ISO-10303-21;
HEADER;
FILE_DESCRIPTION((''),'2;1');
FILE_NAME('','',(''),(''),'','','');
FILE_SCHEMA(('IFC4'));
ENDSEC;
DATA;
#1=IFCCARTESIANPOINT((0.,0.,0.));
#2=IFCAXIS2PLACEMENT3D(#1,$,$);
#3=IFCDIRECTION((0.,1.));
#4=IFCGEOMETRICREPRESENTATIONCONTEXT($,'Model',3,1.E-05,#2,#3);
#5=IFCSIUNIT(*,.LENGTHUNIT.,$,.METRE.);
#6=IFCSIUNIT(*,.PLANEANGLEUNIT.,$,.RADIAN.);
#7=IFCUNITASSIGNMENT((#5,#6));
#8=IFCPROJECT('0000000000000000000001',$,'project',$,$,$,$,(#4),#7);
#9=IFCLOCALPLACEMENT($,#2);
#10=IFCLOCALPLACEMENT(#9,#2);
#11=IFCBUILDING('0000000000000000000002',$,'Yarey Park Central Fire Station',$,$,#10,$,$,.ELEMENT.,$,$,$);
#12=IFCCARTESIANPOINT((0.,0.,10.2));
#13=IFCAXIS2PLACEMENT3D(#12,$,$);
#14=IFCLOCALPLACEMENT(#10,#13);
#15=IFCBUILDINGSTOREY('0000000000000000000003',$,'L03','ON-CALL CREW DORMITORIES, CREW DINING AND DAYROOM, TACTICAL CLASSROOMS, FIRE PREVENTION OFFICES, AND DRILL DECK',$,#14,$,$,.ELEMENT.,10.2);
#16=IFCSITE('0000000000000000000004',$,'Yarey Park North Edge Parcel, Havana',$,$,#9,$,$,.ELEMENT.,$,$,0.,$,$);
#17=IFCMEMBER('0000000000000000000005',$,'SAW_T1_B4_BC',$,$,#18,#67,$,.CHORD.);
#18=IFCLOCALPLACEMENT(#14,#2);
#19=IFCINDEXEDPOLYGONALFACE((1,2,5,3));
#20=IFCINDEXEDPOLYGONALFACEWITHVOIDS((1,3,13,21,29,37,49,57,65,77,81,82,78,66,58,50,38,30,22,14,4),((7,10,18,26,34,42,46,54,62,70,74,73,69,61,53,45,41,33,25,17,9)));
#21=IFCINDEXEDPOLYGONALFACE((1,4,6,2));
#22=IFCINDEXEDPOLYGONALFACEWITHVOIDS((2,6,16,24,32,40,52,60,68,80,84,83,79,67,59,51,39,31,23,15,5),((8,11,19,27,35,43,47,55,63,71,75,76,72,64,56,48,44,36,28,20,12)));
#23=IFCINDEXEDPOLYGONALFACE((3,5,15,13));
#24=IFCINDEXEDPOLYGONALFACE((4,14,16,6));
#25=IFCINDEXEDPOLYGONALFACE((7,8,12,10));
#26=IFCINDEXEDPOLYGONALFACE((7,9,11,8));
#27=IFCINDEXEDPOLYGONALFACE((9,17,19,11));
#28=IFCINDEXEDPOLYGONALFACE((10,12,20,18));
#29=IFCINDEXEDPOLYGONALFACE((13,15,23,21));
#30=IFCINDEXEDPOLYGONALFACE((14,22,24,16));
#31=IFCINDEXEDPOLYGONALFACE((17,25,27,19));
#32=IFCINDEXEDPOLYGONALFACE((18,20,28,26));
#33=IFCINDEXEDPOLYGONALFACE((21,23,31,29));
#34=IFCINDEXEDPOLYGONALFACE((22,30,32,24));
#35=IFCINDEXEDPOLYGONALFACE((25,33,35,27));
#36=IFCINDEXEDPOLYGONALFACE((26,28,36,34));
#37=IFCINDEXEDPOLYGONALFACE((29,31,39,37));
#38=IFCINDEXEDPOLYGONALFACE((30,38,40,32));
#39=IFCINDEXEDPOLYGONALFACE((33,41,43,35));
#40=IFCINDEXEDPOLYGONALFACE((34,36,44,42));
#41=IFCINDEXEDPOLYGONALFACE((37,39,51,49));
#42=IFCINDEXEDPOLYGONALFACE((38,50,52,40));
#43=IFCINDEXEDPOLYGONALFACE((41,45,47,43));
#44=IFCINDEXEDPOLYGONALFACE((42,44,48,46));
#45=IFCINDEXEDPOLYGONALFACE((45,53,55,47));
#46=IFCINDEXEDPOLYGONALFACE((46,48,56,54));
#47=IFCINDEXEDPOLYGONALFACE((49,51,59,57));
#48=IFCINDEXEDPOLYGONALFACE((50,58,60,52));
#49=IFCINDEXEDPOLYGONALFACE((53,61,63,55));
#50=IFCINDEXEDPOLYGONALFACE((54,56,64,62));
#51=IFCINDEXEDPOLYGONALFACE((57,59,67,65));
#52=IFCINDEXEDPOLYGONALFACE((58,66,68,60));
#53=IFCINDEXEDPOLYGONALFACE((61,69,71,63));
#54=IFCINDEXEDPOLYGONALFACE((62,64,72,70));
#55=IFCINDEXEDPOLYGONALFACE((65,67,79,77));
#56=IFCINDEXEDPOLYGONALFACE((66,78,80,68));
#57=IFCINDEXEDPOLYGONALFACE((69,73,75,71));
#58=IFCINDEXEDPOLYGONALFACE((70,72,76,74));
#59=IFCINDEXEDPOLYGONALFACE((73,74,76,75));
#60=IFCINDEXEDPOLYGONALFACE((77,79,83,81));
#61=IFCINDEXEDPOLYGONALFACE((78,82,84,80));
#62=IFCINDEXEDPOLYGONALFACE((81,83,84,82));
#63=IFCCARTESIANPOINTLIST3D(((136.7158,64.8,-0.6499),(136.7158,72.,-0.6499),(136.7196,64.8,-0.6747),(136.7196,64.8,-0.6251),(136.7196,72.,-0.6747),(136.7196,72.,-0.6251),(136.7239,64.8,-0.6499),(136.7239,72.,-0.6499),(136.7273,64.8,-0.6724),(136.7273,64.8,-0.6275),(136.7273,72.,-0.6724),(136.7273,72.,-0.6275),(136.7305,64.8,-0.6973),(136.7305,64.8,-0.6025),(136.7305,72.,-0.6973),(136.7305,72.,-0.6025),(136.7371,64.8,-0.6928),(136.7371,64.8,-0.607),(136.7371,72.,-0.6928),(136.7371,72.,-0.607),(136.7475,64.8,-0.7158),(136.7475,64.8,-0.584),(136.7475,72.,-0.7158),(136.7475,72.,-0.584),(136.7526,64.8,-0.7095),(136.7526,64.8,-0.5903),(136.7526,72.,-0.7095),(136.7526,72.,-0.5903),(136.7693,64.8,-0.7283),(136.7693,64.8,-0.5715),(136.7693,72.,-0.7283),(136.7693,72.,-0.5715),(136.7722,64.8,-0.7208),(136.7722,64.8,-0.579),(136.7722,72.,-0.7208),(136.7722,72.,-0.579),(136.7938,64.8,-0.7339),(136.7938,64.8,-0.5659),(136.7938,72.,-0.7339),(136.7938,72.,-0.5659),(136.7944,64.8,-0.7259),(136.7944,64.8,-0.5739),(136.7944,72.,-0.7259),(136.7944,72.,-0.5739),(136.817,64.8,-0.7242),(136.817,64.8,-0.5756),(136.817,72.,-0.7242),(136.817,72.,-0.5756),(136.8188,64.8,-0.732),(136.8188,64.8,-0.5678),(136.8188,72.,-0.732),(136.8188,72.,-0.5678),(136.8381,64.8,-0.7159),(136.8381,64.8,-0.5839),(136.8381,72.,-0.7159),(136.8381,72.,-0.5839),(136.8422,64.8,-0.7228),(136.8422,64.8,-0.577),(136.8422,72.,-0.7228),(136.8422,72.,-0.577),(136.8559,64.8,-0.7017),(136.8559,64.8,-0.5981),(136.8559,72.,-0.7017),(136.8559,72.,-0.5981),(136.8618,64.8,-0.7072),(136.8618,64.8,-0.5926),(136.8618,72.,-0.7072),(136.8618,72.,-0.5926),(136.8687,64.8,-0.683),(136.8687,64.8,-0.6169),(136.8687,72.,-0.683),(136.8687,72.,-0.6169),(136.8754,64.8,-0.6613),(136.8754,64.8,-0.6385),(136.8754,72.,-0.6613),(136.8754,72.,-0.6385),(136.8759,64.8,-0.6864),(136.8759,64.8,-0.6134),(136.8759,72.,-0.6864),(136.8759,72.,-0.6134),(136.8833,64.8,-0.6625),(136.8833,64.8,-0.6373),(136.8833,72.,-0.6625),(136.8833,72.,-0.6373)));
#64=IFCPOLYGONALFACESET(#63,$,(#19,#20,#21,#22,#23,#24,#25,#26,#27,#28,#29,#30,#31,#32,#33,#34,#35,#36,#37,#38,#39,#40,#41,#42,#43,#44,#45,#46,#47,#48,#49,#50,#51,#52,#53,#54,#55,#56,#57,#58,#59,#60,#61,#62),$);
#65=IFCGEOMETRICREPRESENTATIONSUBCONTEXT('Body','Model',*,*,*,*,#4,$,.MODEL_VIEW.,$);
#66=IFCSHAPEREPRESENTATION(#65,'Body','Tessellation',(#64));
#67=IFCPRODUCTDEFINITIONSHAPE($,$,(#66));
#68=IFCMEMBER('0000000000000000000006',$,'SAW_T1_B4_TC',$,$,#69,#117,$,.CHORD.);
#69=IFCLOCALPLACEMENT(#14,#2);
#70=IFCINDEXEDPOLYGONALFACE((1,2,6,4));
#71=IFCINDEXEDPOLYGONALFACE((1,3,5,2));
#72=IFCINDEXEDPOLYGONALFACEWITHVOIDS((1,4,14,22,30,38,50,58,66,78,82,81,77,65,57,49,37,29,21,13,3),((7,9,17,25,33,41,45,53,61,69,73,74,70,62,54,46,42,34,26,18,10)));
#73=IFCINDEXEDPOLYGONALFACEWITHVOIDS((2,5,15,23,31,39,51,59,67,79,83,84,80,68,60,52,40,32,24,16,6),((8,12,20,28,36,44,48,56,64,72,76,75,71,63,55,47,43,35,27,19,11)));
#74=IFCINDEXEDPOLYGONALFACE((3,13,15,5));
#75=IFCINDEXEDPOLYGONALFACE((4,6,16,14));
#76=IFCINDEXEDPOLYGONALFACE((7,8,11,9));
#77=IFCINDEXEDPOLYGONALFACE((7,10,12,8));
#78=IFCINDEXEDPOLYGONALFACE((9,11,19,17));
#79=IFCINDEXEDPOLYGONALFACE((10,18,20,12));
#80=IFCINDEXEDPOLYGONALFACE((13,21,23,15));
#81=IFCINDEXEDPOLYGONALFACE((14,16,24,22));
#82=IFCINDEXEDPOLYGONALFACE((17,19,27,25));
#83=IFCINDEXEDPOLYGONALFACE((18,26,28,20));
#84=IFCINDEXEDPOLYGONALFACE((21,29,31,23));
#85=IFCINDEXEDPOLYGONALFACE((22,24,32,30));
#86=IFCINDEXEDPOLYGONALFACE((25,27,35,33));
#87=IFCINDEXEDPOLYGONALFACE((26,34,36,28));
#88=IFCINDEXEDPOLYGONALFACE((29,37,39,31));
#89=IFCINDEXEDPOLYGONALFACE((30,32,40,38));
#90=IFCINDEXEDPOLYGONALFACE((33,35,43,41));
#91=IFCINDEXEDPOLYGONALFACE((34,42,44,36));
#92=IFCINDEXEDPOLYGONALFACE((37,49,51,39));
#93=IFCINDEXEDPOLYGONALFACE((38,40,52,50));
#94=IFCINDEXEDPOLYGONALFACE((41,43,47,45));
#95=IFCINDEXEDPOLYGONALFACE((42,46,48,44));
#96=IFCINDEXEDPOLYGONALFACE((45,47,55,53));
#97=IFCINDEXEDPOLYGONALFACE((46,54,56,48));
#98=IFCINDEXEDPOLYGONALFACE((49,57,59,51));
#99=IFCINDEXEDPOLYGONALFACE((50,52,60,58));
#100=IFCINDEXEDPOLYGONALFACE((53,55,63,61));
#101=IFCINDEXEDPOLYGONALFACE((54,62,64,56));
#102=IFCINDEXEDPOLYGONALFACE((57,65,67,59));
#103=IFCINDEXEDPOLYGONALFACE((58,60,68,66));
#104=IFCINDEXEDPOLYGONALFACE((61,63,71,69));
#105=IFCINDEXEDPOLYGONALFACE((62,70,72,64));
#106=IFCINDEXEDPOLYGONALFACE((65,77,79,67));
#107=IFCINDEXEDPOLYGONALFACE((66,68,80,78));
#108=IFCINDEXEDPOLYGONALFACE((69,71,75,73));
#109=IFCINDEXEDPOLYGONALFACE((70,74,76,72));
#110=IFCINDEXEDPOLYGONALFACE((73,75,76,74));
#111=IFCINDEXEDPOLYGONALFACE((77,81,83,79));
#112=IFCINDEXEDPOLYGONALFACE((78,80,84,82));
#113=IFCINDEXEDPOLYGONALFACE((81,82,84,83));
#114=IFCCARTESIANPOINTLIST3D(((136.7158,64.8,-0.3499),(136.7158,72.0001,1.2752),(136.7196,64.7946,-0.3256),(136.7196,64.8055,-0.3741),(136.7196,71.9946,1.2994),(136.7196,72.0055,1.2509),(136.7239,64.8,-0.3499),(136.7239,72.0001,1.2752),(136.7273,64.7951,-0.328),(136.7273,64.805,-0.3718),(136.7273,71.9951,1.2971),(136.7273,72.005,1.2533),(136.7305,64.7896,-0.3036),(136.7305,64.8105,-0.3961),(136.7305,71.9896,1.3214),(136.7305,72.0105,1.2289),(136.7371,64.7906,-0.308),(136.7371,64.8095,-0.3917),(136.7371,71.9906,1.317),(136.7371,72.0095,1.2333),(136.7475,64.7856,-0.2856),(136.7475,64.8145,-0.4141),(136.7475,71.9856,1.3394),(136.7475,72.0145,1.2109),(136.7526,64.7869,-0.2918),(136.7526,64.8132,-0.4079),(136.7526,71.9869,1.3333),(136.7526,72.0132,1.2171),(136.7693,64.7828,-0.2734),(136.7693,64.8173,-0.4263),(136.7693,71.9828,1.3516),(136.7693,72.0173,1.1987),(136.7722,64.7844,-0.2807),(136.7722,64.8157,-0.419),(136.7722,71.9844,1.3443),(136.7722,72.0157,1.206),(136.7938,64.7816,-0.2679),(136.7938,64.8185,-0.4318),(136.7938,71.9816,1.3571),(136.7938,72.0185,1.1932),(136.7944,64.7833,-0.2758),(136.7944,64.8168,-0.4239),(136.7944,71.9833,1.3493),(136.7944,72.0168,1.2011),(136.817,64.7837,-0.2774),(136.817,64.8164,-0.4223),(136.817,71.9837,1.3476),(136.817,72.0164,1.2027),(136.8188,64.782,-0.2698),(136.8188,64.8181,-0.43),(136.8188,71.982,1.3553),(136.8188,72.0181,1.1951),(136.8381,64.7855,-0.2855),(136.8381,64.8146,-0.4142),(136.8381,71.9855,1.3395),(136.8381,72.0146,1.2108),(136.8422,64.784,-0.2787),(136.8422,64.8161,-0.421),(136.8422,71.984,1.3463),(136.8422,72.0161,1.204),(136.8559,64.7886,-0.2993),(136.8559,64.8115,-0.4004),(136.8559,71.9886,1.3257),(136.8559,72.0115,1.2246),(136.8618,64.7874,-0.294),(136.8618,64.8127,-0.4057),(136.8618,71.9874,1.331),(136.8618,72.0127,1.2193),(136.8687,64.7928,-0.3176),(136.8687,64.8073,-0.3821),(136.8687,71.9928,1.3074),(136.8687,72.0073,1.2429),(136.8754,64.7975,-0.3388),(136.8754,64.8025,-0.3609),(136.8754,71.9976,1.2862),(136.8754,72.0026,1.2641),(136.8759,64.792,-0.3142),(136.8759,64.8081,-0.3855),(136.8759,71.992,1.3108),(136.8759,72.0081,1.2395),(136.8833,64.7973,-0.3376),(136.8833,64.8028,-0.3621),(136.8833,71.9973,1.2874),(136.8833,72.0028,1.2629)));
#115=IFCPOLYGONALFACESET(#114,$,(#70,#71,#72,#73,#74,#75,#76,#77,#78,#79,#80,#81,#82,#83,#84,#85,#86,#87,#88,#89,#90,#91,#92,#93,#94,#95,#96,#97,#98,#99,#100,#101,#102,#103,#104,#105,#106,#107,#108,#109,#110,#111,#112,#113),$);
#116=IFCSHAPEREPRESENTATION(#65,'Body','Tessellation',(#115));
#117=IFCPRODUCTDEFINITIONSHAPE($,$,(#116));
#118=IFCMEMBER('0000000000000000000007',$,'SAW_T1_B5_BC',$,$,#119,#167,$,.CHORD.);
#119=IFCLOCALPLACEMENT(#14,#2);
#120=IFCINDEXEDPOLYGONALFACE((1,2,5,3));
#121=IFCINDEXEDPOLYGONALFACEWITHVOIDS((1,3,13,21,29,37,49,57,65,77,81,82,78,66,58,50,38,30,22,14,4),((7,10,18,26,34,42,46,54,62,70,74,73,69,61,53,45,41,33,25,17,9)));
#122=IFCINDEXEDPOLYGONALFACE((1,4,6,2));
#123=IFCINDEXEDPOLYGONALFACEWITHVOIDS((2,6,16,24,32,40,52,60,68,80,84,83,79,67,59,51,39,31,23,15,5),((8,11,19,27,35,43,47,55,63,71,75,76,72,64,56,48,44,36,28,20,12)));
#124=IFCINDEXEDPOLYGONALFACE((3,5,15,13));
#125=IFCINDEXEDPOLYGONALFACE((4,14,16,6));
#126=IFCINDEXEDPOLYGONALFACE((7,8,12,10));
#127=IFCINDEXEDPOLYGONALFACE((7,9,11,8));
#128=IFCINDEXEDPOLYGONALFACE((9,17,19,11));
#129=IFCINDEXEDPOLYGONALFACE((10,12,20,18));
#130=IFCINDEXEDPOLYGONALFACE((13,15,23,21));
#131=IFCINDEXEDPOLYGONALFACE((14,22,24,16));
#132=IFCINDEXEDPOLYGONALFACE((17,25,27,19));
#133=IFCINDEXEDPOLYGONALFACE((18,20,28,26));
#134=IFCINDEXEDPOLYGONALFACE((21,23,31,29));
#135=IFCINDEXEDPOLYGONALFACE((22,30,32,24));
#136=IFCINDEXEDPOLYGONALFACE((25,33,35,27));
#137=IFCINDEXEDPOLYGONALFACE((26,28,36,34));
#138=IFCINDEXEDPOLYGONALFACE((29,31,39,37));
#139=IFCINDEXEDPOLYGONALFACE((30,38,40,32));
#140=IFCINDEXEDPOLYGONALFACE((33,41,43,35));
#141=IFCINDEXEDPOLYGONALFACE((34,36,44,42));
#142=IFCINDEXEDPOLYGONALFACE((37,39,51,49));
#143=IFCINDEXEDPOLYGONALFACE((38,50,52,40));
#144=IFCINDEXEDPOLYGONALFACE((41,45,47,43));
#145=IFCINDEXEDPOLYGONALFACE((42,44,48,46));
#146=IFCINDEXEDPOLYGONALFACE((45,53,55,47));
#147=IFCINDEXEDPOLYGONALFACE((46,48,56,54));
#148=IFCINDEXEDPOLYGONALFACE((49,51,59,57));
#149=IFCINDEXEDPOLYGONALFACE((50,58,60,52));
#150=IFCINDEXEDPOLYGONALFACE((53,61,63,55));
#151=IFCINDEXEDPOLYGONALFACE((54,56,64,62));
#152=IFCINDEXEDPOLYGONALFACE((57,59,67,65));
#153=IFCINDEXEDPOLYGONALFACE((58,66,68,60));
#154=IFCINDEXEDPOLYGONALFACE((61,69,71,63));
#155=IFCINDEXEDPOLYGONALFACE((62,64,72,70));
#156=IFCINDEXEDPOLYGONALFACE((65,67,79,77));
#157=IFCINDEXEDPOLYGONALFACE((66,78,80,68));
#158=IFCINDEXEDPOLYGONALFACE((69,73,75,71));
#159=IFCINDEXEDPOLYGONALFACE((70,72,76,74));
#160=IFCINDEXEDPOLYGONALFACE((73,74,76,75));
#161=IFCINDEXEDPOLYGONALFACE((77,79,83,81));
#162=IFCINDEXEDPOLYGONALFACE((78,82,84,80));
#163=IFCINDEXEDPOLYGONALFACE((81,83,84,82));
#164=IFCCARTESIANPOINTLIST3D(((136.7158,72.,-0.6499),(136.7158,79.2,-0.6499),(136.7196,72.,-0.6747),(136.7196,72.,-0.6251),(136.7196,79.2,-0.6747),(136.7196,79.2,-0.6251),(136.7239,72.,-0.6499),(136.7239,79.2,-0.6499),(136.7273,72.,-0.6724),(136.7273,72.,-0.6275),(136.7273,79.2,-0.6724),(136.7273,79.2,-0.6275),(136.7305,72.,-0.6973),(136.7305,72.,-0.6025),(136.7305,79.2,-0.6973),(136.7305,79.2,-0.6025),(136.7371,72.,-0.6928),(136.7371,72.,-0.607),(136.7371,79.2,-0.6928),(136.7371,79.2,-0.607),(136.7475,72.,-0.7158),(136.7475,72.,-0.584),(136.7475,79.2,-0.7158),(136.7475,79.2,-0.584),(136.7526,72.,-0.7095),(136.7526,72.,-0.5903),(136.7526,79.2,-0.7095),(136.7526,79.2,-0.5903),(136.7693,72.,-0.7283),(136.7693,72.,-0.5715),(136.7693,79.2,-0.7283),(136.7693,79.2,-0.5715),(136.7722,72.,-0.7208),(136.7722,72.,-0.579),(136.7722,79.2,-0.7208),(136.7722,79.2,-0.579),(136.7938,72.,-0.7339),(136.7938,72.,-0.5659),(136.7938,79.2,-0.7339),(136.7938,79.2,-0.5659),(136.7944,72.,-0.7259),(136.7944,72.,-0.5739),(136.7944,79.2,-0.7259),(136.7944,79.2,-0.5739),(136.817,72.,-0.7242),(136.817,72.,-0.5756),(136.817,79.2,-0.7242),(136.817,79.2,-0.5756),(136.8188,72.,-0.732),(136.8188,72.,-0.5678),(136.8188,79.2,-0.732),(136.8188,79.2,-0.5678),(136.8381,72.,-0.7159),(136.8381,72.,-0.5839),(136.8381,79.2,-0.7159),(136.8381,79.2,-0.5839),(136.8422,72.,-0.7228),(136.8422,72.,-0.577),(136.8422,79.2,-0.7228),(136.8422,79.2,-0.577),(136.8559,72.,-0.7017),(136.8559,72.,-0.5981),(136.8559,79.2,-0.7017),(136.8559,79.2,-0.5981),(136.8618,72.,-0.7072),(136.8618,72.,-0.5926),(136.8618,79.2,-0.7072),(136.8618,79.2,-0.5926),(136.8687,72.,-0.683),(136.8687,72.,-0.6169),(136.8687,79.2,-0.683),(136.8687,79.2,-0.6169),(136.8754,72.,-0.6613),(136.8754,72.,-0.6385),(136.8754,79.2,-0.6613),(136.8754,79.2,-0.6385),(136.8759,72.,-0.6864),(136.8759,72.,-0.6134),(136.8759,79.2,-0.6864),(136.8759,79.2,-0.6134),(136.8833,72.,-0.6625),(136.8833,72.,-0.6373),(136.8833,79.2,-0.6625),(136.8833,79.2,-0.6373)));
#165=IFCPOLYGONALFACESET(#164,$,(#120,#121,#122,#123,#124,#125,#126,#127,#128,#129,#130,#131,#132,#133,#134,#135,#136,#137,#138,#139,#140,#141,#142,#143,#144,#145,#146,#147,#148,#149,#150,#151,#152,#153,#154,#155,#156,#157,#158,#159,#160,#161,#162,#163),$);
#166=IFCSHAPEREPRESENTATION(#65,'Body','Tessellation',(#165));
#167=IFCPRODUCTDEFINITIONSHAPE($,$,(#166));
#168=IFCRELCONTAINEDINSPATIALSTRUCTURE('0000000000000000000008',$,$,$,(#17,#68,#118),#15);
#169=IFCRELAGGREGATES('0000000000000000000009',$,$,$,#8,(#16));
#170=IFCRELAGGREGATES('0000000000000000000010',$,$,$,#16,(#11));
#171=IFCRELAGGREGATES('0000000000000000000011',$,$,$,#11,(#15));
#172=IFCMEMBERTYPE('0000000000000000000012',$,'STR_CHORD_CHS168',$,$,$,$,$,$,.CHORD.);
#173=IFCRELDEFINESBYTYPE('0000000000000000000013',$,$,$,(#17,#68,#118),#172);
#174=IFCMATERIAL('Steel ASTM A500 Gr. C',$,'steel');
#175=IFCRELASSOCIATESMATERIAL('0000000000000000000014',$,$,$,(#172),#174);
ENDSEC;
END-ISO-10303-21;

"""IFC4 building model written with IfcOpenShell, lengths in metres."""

from ifc_helpers import new_model, si_unit, direction, frame, origin, origin_2d, place, context, subcontext, project, spatial, hollow_circle, extrude, material, material_profile, profile_set, type_object, element, save


model = new_model("IFC4")

# Units and contexts
model_context = context("Model", 3, precision=1e-05, world=origin(), true_north=direction((0.0, 1.0)))
body_context = subcontext(model_context, "Body", "Model", "MODEL_VIEW")
ifc_project = project(units=[si_unit("LENGTHUNIT", "METRE"), si_unit("PLANEANGLEUNIT", "RADIAN")], contexts=[model_context])

# Site, building, storey
site_placement = place(None, origin())
site = spatial("IfcSite", under=ifc_project, at=site_placement, Name="Yarey Park North Edge Parcel, Havana", CompositionType="ELEMENT", RefElevation=0.0)
building_placement = place(site_placement, origin())
building = spatial("IfcBuilding", under=site, at=building_placement, Name="Yarey Park Central Fire Station", CompositionType="ELEMENT")
storey_placement = place(building_placement, frame((0.0, 0.0, 10.2)))
storey = spatial("IfcBuildingStorey", under=building, at=storey_placement, Name="L03", Description="ON-CALL CREW DORMITORIES, CREW DINING AND DAYROOM, TACTICAL CLASSROOMS, FIRE PREVENTION OFFICES, AND DRILL DECK", CompositionType="ELEMENT", Elevation=10.2)

# Members
ifc_material_1 = material(Name="Steel ASTM A500 Gr. C", Category="steel")
ifc_material_profile_1 = material_profile(ifc_material_1, hollow_circle(Radius=0.0842, WallThickness=0.0081, at=origin_2d()), Name="CHS 168.3x8")
ifc_profile_set_1 = profile_set([ifc_material_profile_1], Name="Steel ASTM A500 Gr. C")
member_type_1 = type_object("IfcMemberType", Name="STR_CHORD_CHS168", PredefinedType="CHORD", material=ifc_profile_set_1)
member_1_placement = place(storey_placement, frame((136.8, 64.8, -0.6499), z_axis=(0.0, 1.0, 0.0), x_axis=(-1.0, 0.0, 0.0)))
element("IfcMember", 1, at=member_1_placement, inside=storey, type_object=member_type_1, Name="SAW_T1_B4_BC", PredefinedType="CHORD", context=body_context, shape_type="SweptSolid", body=[
    extrude(hollow_circle(Radius=0.0842, WallThickness=0.0081, at=origin_2d()), origin(), (0.0, 0.0, 1.0), 7.2),
])
member_2_placement = place(storey_placement, frame((136.8, 64.8, -0.3499), z_axis=(0.0, 0.975464, 0.220158), x_axis=(-1.0, 0.0, 0.0)))
element("IfcMember", 2, at=member_2_placement, inside=storey, type_object=member_type_1, Name="SAW_T1_B4_TC", PredefinedType="CHORD", context=body_context, shape_type="SweptSolid", body=[
    extrude(hollow_circle(Radius=0.0842, WallThickness=0.0081, at=origin_2d()), origin(), (0.0, 0.0, 1.0), 7.3811),
])
member_3_placement = place(storey_placement, frame((136.8, 72.0, -0.6499), z_axis=(0.0, 1.0, 0.0), x_axis=(-1.0, 0.0, 0.0)))
element("IfcMember", 3, at=member_3_placement, inside=storey, type_object=member_type_1, Name="SAW_T1_B5_BC", PredefinedType="CHORD", context=body_context, shape_type="SweptSolid", body=[
    extrude(hollow_circle(Radius=0.0842, WallThickness=0.0081, at=origin_2d()), origin(), (0.0, 0.0, 1.0), 7.2),
])

save(model, "model.ifc")
